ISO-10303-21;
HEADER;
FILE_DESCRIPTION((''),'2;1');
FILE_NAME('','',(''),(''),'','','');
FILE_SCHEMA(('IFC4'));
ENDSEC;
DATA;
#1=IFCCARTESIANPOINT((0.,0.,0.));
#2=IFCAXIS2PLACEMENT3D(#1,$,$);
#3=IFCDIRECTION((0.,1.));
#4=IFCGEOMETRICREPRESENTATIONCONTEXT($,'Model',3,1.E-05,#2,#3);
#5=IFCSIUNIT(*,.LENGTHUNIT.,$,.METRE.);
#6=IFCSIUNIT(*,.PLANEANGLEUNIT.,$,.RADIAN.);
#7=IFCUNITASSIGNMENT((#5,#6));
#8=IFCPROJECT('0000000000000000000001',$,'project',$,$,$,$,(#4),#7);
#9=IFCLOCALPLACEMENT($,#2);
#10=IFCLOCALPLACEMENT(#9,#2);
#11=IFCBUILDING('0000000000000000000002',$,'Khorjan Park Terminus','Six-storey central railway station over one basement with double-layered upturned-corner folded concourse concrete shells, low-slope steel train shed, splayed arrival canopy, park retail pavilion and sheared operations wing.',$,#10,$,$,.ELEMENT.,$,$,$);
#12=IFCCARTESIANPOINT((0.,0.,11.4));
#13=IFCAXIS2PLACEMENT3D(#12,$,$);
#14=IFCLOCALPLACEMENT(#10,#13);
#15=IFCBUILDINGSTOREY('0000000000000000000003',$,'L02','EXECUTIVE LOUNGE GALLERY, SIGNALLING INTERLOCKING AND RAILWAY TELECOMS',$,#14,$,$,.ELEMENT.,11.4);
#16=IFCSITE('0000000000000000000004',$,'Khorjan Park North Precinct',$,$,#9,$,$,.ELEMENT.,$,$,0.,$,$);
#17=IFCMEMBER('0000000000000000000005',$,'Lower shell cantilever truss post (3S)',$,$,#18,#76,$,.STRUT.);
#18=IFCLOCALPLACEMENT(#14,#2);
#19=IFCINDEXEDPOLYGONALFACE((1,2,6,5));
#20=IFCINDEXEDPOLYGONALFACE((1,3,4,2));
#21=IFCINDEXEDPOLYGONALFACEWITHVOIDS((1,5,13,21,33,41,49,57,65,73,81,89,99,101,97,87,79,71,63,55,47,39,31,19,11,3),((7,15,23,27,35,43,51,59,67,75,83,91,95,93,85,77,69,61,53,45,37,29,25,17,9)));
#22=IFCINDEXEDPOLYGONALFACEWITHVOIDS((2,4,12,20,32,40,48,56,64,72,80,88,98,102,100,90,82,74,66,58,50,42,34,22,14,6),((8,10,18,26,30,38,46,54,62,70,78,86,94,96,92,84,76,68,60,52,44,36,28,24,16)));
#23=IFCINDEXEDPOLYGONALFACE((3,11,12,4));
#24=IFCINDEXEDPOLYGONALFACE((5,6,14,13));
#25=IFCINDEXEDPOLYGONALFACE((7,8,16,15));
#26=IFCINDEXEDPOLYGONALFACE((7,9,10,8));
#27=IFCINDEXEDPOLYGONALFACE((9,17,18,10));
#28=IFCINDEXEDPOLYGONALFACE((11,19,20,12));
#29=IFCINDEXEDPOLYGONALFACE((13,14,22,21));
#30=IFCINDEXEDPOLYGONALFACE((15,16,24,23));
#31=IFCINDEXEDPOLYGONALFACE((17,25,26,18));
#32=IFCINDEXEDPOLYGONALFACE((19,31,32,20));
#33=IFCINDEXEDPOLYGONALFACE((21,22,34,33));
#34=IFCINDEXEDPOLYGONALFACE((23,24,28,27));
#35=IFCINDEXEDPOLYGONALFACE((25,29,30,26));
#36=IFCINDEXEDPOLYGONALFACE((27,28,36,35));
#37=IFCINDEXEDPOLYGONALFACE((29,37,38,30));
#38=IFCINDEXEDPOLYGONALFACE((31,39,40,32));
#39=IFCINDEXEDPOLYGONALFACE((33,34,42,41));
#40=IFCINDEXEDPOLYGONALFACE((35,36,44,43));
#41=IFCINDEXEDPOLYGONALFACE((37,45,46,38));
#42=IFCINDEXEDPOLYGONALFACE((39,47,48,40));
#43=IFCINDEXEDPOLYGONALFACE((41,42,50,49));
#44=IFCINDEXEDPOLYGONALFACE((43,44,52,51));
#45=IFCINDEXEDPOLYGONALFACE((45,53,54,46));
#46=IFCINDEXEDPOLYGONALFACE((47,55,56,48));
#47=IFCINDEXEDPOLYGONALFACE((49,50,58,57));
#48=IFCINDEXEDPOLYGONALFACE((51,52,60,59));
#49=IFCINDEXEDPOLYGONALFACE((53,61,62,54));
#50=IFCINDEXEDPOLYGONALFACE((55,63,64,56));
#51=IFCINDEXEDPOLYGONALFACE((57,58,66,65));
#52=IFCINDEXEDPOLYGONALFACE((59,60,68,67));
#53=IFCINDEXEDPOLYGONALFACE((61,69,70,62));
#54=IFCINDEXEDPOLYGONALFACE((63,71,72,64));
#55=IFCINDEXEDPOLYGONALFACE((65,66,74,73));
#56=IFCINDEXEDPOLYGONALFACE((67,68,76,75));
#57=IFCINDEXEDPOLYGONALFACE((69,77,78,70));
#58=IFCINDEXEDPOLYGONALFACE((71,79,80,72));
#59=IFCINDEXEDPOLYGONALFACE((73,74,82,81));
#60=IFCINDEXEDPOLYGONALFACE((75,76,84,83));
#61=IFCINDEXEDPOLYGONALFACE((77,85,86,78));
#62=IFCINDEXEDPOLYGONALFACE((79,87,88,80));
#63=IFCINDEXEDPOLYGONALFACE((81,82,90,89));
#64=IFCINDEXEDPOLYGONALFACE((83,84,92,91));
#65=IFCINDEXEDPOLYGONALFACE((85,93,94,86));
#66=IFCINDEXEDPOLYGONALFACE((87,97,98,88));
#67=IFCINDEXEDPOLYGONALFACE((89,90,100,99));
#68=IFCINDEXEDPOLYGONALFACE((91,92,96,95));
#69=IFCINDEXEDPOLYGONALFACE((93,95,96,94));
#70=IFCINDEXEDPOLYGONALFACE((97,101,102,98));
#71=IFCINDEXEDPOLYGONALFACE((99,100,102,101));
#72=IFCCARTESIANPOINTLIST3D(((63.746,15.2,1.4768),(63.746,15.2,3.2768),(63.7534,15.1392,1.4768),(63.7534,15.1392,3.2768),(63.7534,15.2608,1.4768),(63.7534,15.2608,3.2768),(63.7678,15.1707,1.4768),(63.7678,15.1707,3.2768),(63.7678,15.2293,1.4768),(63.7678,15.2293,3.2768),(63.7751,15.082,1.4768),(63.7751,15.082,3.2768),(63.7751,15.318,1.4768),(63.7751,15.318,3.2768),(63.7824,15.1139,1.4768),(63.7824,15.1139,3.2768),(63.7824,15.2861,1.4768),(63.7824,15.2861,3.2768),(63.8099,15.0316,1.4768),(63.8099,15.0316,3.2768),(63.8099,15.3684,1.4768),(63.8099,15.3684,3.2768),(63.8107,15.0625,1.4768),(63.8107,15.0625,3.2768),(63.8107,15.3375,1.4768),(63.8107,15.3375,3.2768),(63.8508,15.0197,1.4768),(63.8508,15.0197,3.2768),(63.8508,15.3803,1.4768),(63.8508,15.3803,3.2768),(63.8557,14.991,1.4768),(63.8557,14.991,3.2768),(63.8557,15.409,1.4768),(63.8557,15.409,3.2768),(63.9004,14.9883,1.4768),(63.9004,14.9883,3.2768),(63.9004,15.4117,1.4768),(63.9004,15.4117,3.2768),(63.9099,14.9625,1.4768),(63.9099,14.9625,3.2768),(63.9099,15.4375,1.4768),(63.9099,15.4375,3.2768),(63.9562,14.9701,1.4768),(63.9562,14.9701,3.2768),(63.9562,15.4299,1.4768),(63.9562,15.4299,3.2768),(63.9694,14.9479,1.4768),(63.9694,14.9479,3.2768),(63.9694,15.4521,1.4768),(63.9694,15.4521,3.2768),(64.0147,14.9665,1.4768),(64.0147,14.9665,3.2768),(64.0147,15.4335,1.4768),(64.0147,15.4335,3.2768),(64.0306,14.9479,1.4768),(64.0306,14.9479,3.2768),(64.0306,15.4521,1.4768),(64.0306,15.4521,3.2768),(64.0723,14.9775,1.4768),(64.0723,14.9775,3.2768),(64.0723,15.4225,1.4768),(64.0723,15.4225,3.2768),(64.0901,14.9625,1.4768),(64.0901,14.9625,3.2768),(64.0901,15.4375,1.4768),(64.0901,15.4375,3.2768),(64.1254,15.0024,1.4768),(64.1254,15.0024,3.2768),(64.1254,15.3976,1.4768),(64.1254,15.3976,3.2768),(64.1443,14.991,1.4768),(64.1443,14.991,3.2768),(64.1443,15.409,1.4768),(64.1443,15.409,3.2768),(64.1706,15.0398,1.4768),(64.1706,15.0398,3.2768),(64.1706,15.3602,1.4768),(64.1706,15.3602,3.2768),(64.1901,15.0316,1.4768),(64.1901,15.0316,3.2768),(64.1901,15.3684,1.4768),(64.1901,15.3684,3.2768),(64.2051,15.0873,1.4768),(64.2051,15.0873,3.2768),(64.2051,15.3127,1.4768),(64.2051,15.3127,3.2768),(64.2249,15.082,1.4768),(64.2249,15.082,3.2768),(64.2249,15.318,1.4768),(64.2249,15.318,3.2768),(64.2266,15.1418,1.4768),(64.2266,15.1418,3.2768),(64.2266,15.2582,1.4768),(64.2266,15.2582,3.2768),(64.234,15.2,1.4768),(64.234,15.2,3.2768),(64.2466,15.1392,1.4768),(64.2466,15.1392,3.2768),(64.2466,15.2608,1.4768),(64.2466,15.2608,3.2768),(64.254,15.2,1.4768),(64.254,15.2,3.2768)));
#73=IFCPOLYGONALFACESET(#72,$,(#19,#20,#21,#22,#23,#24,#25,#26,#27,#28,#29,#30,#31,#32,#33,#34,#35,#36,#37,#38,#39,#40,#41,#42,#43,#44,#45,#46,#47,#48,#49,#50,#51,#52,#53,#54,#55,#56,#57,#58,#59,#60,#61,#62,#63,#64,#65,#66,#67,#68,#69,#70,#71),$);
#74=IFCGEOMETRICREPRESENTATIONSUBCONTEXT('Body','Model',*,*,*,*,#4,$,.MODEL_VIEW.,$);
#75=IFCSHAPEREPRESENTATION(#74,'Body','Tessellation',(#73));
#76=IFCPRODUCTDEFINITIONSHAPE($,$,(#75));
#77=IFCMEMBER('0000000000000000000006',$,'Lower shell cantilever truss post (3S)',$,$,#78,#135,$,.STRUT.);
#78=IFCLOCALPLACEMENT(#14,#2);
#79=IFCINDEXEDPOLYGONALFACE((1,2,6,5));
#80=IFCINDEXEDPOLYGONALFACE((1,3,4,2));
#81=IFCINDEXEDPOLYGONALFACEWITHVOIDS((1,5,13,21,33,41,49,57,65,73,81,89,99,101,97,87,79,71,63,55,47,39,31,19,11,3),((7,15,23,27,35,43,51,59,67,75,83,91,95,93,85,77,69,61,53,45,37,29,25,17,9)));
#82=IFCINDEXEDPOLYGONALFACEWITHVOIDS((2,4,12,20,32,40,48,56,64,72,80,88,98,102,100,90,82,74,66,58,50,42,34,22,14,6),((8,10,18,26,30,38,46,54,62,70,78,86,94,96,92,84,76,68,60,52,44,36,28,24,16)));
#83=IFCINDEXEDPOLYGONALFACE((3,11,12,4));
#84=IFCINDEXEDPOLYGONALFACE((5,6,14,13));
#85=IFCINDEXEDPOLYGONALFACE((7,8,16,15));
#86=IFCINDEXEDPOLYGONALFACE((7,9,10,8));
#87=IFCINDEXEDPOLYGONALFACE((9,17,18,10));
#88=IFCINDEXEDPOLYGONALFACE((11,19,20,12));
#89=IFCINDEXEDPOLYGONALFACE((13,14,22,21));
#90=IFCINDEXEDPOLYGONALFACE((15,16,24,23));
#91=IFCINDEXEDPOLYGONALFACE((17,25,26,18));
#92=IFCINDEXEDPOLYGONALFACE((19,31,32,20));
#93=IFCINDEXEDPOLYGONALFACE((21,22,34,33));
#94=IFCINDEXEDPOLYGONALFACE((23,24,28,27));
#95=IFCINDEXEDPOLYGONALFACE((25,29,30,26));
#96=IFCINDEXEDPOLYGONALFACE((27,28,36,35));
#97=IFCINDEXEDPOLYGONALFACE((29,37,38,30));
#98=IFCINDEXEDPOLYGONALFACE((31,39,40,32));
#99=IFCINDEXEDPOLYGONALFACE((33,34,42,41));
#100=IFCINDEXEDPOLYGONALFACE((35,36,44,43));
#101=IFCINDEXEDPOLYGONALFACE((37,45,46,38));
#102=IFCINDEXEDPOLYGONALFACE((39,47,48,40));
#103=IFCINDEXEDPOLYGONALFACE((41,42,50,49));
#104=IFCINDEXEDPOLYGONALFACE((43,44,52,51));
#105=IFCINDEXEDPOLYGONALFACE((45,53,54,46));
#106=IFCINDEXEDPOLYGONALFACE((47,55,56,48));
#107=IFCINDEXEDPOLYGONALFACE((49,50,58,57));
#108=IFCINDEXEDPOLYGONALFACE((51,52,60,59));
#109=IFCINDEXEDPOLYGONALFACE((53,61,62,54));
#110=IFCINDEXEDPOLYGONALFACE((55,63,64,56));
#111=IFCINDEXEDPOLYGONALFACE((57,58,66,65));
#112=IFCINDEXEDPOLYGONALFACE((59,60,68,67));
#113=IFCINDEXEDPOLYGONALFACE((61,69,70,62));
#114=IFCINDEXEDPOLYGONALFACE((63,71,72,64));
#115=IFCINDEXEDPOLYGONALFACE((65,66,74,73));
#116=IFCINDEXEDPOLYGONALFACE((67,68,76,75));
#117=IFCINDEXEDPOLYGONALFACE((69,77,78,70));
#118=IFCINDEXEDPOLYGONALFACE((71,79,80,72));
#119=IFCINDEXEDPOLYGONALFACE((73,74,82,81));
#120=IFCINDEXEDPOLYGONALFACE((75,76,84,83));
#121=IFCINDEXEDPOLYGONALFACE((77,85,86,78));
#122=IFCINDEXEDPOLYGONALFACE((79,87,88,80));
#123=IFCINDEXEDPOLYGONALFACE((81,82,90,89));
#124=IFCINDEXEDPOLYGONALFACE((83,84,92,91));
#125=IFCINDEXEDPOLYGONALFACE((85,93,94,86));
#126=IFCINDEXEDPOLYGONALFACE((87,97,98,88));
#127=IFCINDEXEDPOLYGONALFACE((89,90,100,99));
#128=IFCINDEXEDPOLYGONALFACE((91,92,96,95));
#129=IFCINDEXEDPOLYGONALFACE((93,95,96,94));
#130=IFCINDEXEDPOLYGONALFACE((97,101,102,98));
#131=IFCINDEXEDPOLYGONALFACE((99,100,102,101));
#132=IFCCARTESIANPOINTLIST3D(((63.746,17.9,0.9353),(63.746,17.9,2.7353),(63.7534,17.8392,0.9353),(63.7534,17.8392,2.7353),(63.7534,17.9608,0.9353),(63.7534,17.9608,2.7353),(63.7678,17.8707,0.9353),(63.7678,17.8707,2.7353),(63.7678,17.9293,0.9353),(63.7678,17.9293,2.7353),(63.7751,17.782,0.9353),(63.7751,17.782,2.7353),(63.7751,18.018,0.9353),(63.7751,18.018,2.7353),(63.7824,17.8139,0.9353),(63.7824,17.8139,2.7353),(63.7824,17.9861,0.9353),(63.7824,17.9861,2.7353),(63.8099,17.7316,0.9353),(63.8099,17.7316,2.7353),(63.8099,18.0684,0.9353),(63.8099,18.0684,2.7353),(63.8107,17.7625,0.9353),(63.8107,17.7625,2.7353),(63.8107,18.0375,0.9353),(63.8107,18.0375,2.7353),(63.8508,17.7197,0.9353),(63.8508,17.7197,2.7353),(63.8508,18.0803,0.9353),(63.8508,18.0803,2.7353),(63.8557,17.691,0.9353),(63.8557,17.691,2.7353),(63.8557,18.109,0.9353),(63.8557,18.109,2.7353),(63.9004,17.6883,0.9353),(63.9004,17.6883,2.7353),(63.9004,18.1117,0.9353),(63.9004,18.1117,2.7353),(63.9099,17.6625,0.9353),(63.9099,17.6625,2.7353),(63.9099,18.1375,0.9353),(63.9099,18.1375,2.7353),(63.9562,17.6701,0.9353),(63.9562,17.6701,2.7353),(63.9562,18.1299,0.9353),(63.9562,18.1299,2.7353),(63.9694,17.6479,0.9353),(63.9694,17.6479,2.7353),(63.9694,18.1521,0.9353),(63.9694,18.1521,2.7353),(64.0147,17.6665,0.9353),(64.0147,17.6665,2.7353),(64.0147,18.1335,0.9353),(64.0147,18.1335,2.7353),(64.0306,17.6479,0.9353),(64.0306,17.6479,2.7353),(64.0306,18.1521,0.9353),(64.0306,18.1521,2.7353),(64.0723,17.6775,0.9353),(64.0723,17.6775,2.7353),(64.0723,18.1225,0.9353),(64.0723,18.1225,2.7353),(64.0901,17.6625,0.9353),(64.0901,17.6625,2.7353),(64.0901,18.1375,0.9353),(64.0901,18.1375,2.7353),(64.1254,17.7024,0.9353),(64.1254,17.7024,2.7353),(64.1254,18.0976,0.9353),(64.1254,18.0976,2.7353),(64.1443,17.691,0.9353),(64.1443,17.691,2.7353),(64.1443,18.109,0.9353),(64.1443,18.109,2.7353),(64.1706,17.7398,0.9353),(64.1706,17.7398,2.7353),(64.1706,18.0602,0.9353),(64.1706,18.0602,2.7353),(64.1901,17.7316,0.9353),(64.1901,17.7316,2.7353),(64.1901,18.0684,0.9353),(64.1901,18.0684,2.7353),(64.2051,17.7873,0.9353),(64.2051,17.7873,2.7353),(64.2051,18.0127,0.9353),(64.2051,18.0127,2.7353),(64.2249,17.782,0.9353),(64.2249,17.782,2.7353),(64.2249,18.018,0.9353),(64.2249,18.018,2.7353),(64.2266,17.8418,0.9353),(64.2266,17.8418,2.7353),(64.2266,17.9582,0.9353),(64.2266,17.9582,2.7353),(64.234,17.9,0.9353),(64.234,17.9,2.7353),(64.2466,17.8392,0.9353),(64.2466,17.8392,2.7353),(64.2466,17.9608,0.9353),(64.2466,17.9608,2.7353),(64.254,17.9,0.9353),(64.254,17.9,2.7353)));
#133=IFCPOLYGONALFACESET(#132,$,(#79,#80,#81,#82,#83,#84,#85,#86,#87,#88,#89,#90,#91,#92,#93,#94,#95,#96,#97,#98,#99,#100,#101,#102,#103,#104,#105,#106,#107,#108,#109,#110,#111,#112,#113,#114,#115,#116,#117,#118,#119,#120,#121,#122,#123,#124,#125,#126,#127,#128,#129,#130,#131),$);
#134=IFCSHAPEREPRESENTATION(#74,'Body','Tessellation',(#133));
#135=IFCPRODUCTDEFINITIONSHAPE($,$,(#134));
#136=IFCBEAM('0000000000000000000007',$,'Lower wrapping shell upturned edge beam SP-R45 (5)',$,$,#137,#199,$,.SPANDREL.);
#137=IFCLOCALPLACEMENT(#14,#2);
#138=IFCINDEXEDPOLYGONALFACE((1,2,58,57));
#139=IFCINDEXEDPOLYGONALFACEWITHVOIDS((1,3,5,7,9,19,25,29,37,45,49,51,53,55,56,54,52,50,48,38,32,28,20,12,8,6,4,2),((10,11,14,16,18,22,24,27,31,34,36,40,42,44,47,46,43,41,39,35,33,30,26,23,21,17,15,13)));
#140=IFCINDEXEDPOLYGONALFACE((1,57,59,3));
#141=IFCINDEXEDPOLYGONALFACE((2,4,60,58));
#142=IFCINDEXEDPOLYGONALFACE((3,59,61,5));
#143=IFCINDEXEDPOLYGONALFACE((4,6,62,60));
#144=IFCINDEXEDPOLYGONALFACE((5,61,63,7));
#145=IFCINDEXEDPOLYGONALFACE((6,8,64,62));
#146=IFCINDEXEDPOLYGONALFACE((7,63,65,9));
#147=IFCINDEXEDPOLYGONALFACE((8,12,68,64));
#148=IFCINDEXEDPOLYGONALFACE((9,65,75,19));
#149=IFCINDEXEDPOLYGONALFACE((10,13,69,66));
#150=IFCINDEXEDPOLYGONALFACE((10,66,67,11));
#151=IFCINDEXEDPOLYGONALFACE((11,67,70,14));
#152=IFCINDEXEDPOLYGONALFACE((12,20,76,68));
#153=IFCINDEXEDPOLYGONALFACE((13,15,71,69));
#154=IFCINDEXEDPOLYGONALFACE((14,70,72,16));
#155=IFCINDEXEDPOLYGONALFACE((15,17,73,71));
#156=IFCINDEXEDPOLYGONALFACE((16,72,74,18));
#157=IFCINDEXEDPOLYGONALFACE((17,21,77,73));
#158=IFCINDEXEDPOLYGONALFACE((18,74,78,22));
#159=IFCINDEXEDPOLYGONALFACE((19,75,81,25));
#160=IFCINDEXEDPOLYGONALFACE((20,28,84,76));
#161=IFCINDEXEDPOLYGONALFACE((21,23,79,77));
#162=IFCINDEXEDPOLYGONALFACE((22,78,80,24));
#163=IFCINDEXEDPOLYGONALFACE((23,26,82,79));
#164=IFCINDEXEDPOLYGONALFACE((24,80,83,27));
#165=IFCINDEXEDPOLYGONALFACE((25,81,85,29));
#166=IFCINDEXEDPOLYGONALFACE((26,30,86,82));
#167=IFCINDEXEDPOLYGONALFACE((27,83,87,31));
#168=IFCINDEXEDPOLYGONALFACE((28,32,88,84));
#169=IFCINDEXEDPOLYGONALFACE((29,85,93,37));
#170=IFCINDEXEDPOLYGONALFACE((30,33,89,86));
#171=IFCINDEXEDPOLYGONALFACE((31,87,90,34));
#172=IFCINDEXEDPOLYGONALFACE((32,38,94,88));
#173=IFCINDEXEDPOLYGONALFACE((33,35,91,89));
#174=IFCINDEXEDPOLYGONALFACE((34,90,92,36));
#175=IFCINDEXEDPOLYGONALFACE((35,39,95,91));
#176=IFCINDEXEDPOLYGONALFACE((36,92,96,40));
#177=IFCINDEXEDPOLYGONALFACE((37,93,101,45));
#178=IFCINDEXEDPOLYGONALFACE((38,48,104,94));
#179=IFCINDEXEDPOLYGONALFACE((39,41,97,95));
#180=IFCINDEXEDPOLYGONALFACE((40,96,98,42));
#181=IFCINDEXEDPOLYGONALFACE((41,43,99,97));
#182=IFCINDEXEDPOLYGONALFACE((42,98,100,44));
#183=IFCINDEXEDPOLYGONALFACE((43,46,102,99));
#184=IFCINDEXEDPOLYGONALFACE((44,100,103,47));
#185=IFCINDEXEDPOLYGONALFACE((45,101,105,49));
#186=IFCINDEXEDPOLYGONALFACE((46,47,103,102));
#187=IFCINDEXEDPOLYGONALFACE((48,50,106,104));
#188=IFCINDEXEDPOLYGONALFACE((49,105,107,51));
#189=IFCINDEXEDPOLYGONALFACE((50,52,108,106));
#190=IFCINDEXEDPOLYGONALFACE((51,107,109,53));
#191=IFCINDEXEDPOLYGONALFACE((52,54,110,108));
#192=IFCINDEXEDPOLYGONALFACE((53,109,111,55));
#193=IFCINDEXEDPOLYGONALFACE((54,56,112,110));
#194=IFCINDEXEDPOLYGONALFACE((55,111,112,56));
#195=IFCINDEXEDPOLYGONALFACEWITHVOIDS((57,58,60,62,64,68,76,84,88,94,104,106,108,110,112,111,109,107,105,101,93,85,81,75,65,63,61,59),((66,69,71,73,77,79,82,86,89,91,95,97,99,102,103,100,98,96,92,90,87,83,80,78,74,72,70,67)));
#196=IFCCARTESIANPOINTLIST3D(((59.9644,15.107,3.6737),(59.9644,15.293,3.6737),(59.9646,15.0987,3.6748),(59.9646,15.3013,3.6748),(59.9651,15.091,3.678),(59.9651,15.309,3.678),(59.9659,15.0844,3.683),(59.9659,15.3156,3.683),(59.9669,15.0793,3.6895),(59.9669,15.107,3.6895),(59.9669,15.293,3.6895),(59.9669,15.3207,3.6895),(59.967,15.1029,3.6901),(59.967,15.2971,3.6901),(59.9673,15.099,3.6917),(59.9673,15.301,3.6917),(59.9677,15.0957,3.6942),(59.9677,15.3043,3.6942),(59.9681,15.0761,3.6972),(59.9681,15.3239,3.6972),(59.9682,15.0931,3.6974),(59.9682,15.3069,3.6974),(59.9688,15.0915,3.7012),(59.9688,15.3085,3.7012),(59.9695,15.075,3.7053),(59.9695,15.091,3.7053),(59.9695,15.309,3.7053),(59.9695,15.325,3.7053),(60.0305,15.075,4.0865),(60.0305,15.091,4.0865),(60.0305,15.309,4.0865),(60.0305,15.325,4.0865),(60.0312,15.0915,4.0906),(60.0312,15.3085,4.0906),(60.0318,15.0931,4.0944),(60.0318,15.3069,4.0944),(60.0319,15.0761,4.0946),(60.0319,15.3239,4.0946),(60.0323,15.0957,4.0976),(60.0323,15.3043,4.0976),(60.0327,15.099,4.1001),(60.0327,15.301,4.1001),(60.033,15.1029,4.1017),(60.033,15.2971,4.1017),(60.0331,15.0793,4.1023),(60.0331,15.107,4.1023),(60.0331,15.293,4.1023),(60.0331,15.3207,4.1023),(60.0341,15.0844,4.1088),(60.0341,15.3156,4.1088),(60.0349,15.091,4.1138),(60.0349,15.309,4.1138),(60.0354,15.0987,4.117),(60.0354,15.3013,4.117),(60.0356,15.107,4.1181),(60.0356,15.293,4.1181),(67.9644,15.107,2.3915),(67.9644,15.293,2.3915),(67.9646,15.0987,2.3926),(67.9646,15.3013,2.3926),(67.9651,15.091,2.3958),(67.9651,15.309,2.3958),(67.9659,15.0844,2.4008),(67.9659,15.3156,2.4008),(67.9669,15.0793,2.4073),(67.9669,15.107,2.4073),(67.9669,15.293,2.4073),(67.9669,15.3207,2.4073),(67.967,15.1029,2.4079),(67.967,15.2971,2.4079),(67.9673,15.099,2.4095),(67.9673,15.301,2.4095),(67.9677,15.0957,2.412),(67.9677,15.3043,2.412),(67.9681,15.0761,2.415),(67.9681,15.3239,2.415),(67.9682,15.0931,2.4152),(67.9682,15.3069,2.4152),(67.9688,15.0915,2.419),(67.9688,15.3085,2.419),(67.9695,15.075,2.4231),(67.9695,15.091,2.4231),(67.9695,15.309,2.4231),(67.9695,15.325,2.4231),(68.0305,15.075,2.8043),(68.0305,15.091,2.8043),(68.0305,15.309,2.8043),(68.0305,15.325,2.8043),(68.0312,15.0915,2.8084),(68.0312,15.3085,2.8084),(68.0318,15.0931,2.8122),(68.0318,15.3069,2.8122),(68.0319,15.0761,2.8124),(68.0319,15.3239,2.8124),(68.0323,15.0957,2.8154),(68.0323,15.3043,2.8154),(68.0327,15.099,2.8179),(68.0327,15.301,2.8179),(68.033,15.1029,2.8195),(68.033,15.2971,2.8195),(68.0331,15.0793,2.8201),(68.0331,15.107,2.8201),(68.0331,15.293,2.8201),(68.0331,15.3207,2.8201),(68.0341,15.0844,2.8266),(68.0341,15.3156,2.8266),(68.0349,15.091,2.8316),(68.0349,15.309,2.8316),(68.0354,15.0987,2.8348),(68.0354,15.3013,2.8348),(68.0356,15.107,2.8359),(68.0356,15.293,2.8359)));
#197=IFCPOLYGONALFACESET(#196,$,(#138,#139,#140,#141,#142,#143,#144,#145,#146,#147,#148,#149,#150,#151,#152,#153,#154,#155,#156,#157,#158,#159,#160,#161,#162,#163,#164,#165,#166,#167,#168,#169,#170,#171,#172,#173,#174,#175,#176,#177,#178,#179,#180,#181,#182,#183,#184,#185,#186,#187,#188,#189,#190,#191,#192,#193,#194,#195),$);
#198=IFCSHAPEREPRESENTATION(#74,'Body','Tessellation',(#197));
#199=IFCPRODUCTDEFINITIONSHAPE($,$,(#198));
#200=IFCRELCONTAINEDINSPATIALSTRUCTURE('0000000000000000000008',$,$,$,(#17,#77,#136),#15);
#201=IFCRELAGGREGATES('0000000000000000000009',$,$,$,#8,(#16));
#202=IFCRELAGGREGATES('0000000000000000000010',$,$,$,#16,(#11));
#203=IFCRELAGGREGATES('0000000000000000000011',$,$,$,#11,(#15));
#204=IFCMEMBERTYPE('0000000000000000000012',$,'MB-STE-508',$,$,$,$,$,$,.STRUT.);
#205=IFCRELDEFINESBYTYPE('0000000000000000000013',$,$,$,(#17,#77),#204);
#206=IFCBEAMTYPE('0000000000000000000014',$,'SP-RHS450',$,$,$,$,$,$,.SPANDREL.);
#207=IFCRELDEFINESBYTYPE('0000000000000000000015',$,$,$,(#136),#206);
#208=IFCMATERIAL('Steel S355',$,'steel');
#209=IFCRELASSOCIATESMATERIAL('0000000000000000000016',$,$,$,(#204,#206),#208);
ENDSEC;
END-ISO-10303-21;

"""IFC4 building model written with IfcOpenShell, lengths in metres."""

from ifc_helpers import new_model, si_unit, direction, frame, origin, origin_2d, place, context, subcontext, project, spatial, hollow_rectangle, hollow_circle, extrude, material, material_profile, profile_set, type_object, element, save


model = new_model("IFC4")

# Units and contexts
model_context = context("Model", 3, precision=1e-05, world=origin(), true_north=direction((0.0, 1.0)))
body_context = subcontext(model_context, "Body", "Model", "MODEL_VIEW")
ifc_project = project(units=[si_unit("LENGTHUNIT", "METRE"), si_unit("PLANEANGLEUNIT", "RADIAN")], contexts=[model_context])

# Site, building, storey
site_placement = place(None, origin())
site = spatial("IfcSite", under=ifc_project, at=site_placement, Name="Khorjan Park North Precinct", CompositionType="ELEMENT", RefElevation=0.0)
building_placement = place(site_placement, origin())
building = spatial("IfcBuilding", under=site, at=building_placement, Name="Khorjan Park Terminus", Description="Six-storey central railway station over one basement with double-layered upturned-corner folded concourse concrete shells, low-slope steel train shed, splayed arrival canopy, park retail pavilion and sheared operations wing.", CompositionType="ELEMENT")
storey_placement = place(building_placement, frame((0.0, 0.0, 11.4)))
storey = spatial("IfcBuildingStorey", under=building, at=storey_placement, Name="L02", Description="EXECUTIVE LOUNGE GALLERY, SIGNALLING INTERLOCKING AND RAILWAY TELECOMS", CompositionType="ELEMENT", Elevation=11.4)

# Members
ifc_material_1 = material(Name="Steel S355", Category="steel")
ifc_material_profile_1 = material_profile(ifc_material_1, hollow_circle(Radius=0.254, WallThickness=0.02, at=origin_2d()), Name="CHS 508x20")
ifc_profile_set_1 = profile_set([ifc_material_profile_1], Name="Steel S355")
member_type_1 = type_object("IfcMemberType", Name="MB-STE-508", PredefinedType="STRUT", material=ifc_profile_set_1)
for number, where, z_axis, x_axis, name in (
    (1, (64.0, 15.2, 1.4768), (0.0, 0.0, 1.0), (1.0, 0.0, 0.0), "Lower shell cantilever truss post (3S)"),
    (2, (64.0, 17.9, 0.9353), (0.0, 0.0, 1.0), (1.0, 0.0, 0.0), "Lower shell cantilever truss post (3S)"),
):
    element("IfcMember", number, at=place(storey_placement, frame(where, z_axis=z_axis, x_axis=x_axis)), inside=storey, type_object=member_type_1, Name=name, PredefinedType="STRUT", context=body_context, shape_type="SweptSolid", body=[
        extrude(hollow_circle(Radius=0.254, WallThickness=0.02, at=origin_2d()), origin(), (0.0, 0.0, 1.0), 1.8),
    ])

# Beam
ifc_material_profile_2 = material_profile(ifc_material_1, hollow_rectangle(XDim=0.25, YDim=0.45, WallThickness=0.016, InnerFilletRadius=0.016, OuterFilletRadius=0.032, at=origin_2d()), Name="RHS 450x250x16")
ifc_profile_set_2 = profile_set([ifc_material_profile_2], Name="Steel S355")
beam_type = type_object("IfcBeamType", Name="SP-RHS450", PredefinedType="SPANDREL", material=ifc_profile_set_2)
for number, where, z_axis, x_axis, name in (
    (3, (60.0, 15.2, 3.8959), (0.987398, 0.0, -0.158255), (0.0, 1.0, 0.0), "Lower wrapping shell upturned edge beam SP-R45 (5)"),
):
    element("IfcBeam", number, at=place(storey_placement, frame(where, z_axis=z_axis, x_axis=x_axis)), inside=storey, type_object=beam_type, Name=name, PredefinedType="SPANDREL", context=body_context, shape_type="SweptSolid", body=[
        extrude(hollow_rectangle(XDim=0.25, YDim=0.45, WallThickness=0.016, InnerFilletRadius=0.016, OuterFilletRadius=0.032, at=origin_2d()), origin(), (0.0, 0.0, 1.0), 8.1021),
    ])

save(model, "model.ifc")
